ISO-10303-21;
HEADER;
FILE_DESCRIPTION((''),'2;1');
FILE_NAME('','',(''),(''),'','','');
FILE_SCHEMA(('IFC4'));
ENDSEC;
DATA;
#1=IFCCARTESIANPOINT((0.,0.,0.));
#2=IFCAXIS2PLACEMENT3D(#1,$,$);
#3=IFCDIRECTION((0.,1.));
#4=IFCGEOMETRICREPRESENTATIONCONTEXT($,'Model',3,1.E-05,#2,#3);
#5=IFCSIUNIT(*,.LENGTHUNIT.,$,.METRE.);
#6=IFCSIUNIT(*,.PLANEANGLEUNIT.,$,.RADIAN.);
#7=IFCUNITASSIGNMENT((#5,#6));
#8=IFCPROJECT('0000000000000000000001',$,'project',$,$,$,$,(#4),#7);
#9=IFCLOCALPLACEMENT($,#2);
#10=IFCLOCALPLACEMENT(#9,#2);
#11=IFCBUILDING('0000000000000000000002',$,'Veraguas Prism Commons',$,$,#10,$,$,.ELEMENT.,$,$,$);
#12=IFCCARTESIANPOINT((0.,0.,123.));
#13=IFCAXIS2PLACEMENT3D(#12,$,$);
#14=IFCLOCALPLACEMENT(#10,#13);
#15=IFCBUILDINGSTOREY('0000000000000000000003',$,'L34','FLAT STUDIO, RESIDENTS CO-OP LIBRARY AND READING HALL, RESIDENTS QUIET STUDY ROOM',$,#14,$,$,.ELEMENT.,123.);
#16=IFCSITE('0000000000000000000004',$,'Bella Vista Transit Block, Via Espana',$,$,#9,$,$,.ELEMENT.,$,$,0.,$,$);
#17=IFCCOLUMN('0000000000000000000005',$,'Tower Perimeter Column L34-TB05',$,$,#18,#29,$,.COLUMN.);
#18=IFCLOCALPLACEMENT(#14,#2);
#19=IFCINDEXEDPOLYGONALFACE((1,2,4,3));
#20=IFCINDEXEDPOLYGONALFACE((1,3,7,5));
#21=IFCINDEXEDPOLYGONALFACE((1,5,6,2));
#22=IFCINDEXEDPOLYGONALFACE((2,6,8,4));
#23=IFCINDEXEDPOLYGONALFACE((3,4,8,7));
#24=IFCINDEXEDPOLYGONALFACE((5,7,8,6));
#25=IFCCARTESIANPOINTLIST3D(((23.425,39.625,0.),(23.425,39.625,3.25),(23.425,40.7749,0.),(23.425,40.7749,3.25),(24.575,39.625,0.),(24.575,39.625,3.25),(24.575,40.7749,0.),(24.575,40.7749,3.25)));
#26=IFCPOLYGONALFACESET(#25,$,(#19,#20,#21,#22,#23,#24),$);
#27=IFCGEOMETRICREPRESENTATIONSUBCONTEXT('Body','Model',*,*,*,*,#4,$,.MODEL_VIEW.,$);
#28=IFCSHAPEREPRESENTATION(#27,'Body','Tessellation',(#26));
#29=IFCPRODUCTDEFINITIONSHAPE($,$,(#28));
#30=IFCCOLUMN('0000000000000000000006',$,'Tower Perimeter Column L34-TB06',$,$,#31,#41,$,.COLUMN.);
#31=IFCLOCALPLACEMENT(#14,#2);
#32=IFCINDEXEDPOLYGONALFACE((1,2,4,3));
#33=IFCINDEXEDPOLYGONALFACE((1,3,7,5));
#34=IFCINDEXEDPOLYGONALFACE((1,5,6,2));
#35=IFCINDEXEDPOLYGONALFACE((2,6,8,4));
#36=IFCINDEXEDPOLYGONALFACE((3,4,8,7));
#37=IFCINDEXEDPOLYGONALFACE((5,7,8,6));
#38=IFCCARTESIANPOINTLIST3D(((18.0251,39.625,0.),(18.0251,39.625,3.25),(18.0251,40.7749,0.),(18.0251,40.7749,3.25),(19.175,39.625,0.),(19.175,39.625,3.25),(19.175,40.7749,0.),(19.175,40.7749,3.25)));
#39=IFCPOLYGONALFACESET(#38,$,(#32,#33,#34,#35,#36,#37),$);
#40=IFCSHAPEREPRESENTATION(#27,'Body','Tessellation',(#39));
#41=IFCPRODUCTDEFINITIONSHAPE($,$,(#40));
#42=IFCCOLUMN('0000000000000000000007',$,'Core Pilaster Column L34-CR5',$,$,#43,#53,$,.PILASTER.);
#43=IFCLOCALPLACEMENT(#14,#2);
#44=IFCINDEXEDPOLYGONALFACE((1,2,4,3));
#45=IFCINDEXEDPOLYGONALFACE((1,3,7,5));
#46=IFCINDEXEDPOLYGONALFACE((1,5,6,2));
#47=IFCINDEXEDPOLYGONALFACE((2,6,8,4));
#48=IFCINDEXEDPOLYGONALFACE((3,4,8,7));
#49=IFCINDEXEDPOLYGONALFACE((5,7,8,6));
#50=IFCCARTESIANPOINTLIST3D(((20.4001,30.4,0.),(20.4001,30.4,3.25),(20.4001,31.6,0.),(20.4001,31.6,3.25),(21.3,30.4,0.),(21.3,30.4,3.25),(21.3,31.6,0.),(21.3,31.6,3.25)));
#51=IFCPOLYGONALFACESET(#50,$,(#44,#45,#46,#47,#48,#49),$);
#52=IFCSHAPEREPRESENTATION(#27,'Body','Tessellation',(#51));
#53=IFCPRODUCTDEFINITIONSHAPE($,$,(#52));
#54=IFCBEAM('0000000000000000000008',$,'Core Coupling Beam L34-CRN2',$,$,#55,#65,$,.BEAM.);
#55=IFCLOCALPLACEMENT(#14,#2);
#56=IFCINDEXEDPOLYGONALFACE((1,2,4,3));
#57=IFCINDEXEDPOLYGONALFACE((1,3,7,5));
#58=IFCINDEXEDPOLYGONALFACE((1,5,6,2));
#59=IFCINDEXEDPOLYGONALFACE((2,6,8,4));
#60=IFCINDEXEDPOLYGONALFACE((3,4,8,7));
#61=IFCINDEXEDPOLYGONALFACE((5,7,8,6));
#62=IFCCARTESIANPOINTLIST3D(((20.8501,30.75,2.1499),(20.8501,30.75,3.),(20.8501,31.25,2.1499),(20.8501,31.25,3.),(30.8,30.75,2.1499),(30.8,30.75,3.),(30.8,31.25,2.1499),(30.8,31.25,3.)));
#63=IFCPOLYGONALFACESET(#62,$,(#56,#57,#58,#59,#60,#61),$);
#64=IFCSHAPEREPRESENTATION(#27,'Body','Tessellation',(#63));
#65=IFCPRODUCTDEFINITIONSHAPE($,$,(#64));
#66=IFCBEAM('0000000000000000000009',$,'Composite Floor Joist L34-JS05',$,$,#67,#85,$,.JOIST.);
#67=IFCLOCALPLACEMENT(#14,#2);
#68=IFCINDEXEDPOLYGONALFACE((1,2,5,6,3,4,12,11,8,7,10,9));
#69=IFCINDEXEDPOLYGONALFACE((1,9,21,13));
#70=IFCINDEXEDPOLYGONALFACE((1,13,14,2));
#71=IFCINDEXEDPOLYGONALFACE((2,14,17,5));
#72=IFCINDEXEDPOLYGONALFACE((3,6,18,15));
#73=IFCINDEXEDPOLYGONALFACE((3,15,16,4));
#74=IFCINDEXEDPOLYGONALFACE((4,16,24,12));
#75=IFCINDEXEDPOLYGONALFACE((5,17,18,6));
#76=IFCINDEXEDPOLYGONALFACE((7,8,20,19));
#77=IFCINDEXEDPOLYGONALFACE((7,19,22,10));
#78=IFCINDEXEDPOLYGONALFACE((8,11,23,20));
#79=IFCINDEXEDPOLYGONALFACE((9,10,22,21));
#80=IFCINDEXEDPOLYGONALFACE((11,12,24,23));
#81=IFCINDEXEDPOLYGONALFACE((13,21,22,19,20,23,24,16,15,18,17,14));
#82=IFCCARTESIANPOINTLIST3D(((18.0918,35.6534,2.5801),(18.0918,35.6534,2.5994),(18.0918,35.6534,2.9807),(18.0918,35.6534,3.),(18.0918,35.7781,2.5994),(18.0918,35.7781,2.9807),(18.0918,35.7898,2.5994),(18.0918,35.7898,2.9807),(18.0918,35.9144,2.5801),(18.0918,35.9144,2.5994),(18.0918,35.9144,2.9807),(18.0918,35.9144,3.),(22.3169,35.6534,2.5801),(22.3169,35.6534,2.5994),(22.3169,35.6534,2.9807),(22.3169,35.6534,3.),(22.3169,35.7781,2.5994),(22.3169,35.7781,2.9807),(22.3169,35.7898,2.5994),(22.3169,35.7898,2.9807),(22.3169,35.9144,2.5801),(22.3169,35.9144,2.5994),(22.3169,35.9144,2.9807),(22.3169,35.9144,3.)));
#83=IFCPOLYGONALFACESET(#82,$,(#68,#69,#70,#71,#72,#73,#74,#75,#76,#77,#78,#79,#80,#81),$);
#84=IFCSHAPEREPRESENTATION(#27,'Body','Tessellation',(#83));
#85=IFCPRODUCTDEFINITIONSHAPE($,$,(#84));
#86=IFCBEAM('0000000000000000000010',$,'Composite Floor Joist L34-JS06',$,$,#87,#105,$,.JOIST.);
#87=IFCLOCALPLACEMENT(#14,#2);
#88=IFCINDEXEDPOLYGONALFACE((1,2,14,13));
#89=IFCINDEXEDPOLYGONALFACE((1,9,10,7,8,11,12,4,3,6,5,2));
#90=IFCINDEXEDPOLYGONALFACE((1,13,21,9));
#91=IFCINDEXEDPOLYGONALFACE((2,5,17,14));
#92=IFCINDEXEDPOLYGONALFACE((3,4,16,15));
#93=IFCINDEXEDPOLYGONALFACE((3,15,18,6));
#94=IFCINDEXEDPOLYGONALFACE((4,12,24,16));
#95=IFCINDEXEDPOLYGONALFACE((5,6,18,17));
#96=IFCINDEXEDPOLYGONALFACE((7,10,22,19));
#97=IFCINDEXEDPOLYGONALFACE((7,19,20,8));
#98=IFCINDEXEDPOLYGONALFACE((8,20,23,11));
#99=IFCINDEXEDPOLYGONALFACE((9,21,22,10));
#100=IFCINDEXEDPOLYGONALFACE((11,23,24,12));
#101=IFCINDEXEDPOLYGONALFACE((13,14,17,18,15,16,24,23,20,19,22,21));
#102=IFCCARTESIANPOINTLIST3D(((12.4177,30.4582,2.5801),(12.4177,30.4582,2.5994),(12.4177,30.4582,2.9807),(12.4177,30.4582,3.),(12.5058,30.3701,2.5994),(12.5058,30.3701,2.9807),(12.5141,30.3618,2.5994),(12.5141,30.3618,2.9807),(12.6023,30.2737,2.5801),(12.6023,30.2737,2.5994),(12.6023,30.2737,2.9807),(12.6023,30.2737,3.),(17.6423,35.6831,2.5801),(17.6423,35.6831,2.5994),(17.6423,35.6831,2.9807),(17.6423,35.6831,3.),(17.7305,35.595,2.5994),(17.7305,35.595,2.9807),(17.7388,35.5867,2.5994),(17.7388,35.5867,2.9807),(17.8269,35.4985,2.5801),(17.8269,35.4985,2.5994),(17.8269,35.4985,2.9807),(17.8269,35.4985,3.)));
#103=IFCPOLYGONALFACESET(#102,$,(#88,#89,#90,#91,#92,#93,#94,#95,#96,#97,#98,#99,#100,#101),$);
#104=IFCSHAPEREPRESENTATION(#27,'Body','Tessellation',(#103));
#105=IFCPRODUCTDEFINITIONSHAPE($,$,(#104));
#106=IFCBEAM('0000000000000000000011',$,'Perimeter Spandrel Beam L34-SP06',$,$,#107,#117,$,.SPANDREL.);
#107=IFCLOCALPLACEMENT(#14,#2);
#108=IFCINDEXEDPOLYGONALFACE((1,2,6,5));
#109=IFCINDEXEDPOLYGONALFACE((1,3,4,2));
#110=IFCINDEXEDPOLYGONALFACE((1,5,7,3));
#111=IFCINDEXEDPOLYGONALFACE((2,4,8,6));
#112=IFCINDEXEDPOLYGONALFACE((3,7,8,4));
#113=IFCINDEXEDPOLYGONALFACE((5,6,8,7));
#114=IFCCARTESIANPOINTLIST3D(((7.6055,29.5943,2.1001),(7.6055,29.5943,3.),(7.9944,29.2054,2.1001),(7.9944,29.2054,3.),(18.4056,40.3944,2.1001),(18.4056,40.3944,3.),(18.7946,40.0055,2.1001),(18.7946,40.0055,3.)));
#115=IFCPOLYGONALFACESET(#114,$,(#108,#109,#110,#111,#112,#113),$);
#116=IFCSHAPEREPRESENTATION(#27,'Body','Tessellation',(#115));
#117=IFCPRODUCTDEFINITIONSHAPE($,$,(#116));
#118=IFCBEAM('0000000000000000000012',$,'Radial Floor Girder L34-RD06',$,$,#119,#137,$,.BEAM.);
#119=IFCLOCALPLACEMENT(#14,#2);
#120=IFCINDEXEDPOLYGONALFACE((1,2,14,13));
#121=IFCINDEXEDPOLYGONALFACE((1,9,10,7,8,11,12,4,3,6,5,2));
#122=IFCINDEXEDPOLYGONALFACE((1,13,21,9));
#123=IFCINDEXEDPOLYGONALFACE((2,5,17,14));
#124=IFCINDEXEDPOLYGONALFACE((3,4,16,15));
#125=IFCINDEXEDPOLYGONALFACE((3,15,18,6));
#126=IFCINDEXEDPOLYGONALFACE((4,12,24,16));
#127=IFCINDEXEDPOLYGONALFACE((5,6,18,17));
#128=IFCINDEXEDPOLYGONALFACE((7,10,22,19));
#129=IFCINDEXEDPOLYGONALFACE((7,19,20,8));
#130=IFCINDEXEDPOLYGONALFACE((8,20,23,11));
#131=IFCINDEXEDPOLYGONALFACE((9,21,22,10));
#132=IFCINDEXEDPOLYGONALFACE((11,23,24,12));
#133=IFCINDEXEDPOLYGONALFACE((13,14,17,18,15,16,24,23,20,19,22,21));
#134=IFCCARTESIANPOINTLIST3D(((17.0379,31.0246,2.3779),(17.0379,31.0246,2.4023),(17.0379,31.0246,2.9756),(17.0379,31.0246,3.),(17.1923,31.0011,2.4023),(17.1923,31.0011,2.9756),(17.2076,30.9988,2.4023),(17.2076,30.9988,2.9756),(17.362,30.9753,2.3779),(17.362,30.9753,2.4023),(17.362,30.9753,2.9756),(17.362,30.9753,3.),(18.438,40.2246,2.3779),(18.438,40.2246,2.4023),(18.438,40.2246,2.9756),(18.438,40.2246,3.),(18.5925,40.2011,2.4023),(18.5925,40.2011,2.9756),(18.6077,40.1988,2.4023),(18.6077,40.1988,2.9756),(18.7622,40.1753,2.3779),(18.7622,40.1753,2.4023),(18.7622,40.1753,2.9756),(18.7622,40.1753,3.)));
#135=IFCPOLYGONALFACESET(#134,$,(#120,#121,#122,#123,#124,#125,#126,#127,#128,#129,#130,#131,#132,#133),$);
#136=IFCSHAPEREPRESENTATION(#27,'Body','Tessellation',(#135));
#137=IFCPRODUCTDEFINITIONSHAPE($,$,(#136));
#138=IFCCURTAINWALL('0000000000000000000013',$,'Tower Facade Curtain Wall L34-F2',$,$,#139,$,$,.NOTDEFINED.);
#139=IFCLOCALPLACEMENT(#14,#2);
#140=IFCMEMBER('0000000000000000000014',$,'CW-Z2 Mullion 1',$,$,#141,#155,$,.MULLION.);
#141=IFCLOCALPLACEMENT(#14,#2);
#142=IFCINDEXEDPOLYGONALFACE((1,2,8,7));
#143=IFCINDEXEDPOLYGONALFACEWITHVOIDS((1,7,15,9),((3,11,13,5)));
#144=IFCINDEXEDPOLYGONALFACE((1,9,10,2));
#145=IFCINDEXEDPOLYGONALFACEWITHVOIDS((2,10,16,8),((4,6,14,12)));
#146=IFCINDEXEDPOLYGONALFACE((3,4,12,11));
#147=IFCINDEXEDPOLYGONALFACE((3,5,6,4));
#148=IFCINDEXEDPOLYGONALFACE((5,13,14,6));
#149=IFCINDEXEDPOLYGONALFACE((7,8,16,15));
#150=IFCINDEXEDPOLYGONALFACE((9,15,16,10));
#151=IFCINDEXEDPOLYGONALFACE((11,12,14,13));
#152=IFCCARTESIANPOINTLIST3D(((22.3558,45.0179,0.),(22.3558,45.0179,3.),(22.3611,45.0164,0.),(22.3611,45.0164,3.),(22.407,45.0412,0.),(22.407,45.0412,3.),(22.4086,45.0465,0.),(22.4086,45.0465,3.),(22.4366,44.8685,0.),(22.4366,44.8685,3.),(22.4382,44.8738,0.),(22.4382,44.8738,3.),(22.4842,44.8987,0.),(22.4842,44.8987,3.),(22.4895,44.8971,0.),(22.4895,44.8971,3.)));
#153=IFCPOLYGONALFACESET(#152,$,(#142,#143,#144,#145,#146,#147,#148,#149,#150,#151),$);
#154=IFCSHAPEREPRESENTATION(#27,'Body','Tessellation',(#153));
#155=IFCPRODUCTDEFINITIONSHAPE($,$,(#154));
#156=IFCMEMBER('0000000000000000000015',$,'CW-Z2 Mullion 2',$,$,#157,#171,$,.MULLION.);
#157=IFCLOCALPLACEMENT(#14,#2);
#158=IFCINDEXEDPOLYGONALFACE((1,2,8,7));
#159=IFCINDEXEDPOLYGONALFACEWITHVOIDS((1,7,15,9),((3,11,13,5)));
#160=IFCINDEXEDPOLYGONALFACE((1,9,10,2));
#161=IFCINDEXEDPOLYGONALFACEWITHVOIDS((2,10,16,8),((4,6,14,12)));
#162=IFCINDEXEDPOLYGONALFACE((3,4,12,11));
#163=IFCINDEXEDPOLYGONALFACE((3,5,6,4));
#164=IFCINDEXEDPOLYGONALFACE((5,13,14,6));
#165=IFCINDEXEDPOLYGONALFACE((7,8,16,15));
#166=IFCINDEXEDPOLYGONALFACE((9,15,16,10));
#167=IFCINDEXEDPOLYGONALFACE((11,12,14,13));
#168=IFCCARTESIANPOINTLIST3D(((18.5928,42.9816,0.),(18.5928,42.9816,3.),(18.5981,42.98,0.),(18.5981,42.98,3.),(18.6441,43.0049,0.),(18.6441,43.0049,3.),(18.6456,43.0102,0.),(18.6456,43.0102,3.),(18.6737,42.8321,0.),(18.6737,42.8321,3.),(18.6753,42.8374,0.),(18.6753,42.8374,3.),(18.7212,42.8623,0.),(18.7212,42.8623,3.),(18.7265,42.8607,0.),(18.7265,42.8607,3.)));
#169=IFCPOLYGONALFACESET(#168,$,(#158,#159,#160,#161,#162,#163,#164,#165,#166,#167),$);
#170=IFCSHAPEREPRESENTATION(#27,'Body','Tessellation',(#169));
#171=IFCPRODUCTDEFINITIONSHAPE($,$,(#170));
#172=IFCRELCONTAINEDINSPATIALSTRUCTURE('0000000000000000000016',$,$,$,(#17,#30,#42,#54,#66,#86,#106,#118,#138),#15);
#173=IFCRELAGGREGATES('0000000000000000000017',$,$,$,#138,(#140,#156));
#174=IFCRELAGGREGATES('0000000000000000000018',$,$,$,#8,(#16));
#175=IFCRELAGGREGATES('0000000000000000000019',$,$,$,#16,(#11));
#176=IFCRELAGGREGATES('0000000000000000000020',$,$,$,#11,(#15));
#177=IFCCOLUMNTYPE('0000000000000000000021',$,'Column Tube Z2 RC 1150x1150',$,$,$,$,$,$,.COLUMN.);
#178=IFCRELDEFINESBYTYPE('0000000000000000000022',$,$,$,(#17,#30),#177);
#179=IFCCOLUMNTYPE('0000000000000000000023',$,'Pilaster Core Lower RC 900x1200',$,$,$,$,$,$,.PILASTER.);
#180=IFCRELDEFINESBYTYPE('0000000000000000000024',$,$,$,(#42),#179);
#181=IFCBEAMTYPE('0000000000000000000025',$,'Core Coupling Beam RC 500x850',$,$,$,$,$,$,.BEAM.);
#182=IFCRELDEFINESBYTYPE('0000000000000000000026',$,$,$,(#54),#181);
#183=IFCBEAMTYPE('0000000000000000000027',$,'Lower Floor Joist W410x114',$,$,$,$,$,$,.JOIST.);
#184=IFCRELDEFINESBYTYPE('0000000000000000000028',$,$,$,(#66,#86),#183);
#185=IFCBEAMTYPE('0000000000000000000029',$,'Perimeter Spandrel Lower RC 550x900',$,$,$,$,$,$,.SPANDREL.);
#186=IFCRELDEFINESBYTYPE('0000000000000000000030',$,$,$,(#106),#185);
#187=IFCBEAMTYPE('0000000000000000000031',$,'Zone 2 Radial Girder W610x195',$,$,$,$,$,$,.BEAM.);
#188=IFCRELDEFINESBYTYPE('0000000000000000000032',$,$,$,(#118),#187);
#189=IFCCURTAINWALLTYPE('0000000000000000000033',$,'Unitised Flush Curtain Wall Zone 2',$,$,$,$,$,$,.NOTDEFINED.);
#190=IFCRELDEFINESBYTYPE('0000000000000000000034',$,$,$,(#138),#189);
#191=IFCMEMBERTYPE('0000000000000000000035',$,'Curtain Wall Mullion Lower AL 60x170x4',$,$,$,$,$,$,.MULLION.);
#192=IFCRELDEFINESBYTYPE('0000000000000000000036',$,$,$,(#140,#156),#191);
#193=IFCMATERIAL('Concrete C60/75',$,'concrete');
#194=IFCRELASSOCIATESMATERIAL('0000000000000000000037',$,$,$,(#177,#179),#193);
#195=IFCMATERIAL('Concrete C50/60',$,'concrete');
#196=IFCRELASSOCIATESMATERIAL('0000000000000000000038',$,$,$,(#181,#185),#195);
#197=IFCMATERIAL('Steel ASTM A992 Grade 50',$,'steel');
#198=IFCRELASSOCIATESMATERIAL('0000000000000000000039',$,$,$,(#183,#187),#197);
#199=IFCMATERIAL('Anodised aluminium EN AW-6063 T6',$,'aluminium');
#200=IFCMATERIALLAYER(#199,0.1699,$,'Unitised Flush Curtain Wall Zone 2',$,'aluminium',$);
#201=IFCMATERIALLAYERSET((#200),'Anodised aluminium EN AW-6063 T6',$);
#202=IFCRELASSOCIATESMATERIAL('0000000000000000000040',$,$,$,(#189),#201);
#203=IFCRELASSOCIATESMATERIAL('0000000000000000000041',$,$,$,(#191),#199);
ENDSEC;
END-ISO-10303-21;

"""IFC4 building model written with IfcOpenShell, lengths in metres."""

from ifc_helpers import new_model, si_unit, direction, frame, origin, origin_2d, place, context, subcontext, project, spatial, rectangle, hollow_rectangle, i_section, extrude, source, transform, mapped, material, layer, layer_set, material_profile, profile_set, type_object, element, aggregate, save


model = new_model("IFC4")

# Units and contexts
model_context = context("Model", 3, precision=1e-05, world=origin(), true_north=direction((0.0, 1.0)))
body_context = subcontext(model_context, "Body", "Model", "MODEL_VIEW")
ifc_project = project(units=[si_unit("LENGTHUNIT", "METRE"), si_unit("PLANEANGLEUNIT", "RADIAN")], contexts=[model_context])

# Site, building, storey
site_placement = place(None, origin())
site = spatial("IfcSite", under=ifc_project, at=site_placement, Name="Bella Vista Transit Block, Via Espana", CompositionType="ELEMENT", RefElevation=0.0)
building_placement = place(site_placement, origin())
building = spatial("IfcBuilding", under=site, at=building_placement, Name="Veraguas Prism Commons", CompositionType="ELEMENT")
storey_placement = place(building_placement, frame((0.0, 0.0, 123.0)))
storey = spatial("IfcBuildingStorey", under=building, at=storey_placement, Name="L34", Description="FLAT STUDIO, RESIDENTS CO-OP LIBRARY AND READING HALL, RESIDENTS QUIET STUDY ROOM", CompositionType="ELEMENT", Elevation=123.0)

# Columns
ifc_material_1 = material(Name="Concrete C60/75", Category="concrete")
ifc_material_profile_1 = material_profile(ifc_material_1, rectangle(XDim=1.1499, YDim=1.1499, at=origin_2d()), Name="RC1150X1150")
ifc_profile_set_1 = profile_set([ifc_material_profile_1], Name="Concrete C60/75")
column_type_1 = type_object("IfcColumnType", Name="Column Tube Z2 RC 1150x1150", PredefinedType="COLUMN", material=ifc_profile_set_1)
for number, where, z_axis, x_axis, name in (
    (1, (24.0, 40.2, 0.0), (0.0, 0.0, 1.0), (1.0, 0.0, 0.0), "Tower Perimeter Column L34-TB05"),
    (2, (18.6001, 40.2, 0.0), (0.0, 0.0, 1.0), (1.0, 0.0, 0.0), "Tower Perimeter Column L34-TB06"),
):
    element("IfcColumn", number, at=place(storey_placement, frame(where, z_axis=z_axis, x_axis=x_axis)), inside=storey, type_object=column_type_1, Name=name, PredefinedType="COLUMN", context=body_context, shape_type="SweptSolid", body=[
        extrude(rectangle(XDim=1.1499, YDim=1.1499, at=origin_2d()), origin(), (0.0, 0.0, 1.0), 3.25),
    ])
ifc_material_profile_2 = material_profile(ifc_material_1, rectangle(XDim=0.8999, YDim=1.2, at=origin_2d()), Name="RC900X1200")
ifc_profile_set_2 = profile_set([ifc_material_profile_2], Name="Concrete C60/75")
column_type_2 = type_object("IfcColumnType", Name="Pilaster Core Lower RC 900x1200", PredefinedType="PILASTER", material=ifc_profile_set_2)
column_placement = place(storey_placement, frame((20.8501, 31.0, 0.0), z_axis=(0.0, 0.0, 1.0), x_axis=(1.0, 0.0, 0.0)))
element("IfcColumn", 3, at=column_placement, inside=storey, type_object=column_type_2, Name="Core Pilaster Column L34-CR5", PredefinedType="PILASTER", context=body_context, shape_type="SweptSolid", body=[
    extrude(rectangle(XDim=0.8999, YDim=1.2, at=origin_2d()), origin(), (0.0, 0.0, 1.0), 3.25),
])

# Beams
ifc_material_2 = material(Name="Concrete C50/60", Category="concrete")
ifc_material_profile_3 = material_profile(ifc_material_2, rectangle(XDim=0.5, YDim=0.8501, at=origin_2d()), Name="RC500X850")
ifc_profile_set_3 = profile_set([ifc_material_profile_3], Name="Concrete C50/60")
beam_type_1 = type_object("IfcBeamType", Name="Core Coupling Beam RC 500x850", PredefinedType="BEAM", material=ifc_profile_set_3)
beam_1_placement = place(storey_placement, frame((20.8501, 31.0, 2.575), z_axis=(1.0, 0.0, 0.0), x_axis=(0.0, 1.0, 0.0)))
element("IfcBeam", 4, at=beam_1_placement, inside=storey, type_object=beam_type_1, Name="Core Coupling Beam L34-CRN2", PredefinedType="BEAM", context=body_context, shape_type="SweptSolid", body=[
    extrude(rectangle(XDim=0.5, YDim=0.8501, at=origin_2d()), origin(), (0.0, 0.0, 1.0), 9.95),
])
ifc_material_3 = material(Name="Steel ASTM A992 Grade 50", Category="steel")
ifc_material_profile_4 = material_profile(ifc_material_3, i_section(OverallWidth=0.261, OverallDepth=0.4199, WebThickness=0.0117, FlangeThickness=0.0193, at=origin_2d()), Name="W410X114")
ifc_profile_set_4 = profile_set([ifc_material_profile_4], Name="Steel ASTM A992 Grade 50")
beam_type_2 = type_object("IfcBeamType", Name="Lower Floor Joist W410x114", PredefinedType="JOIST", material=ifc_profile_set_4)
beam_2_placement = place(storey_placement, frame((22.3169, 35.7839, 2.79), z_axis=(-1.0, 0.0, 0.0), x_axis=(0.0, -1.0, 0.0)))
element("IfcBeam", 5, at=beam_2_placement, inside=storey, type_object=beam_type_2, Name="Composite Floor Joist L34-JS05", PredefinedType="JOIST", context=body_context, shape_type="SweptSolid", body=[
    extrude(i_section(OverallWidth=0.261, OverallDepth=0.4199, WebThickness=0.0117, FlangeThickness=0.0193, at=origin_2d()), origin(), (0.0, 0.0, 1.0), 4.2251),
])
beam_3_placement = place(storey_placement, frame((17.7346, 35.5908, 2.79), z_axis=(-0.70709, -0.707123, 0.0), x_axis=(0.707123, -0.70709, 0.0)))
element("IfcBeam", 6, at=beam_3_placement, inside=storey, type_object=beam_type_2, Name="Composite Floor Joist L34-JS06", PredefinedType="JOIST", context=body_context, shape_type="SweptSolid", body=[
    extrude(i_section(OverallWidth=0.261, OverallDepth=0.4199, WebThickness=0.0117, FlangeThickness=0.0193, at=origin_2d()), origin(), (0.0, 0.0, 1.0), 7.3889),
])
ifc_material_profile_5 = material_profile(ifc_material_2, rectangle(XDim=0.55, YDim=0.8999, at=origin_2d()), Name="RC550X900")
ifc_profile_set_5 = profile_set([ifc_material_profile_5], Name="Concrete C50/60")
beam_type_3 = type_object("IfcBeamType", Name="Perimeter Spandrel Lower RC 550x900", PredefinedType="SPANDREL", material=ifc_profile_set_5)
beam_4_placement = place(storey_placement, frame((18.6001, 40.2, 2.55), z_axis=(-0.707107, -0.707107, 0.0), x_axis=(0.707107, -0.707107, 0.0)))
element("IfcBeam", 7, at=beam_4_placement, inside=storey, type_object=beam_type_3, Name="Perimeter Spandrel Beam L34-SP06", PredefinedType="SPANDREL", context=body_context, shape_type="SweptSolid", body=[
    extrude(rectangle(XDim=0.55, YDim=0.8999, at=origin_2d()), origin(), (0.0, 0.0, 1.0), 15.2737),
])
ifc_material_profile_6 = material_profile(ifc_material_3, i_section(OverallWidth=0.3279, OverallDepth=0.6221, WebThickness=0.0154, FlangeThickness=0.0244, at=origin_2d()), Name="W610X195")
ifc_profile_set_6 = profile_set([ifc_material_profile_6], Name="Steel ASTM A992 Grade 50")
beam_type_4 = type_object("IfcBeamType", Name="Zone 2 Radial Girder W610x195", PredefinedType="BEAM", material=ifc_profile_set_6)
beam_5_placement = place(storey_placement, frame((18.6001, 40.2, 2.689), z_axis=(-0.150458, -0.988616, 0.0), x_axis=(0.988616, -0.150458, 0.0)))
element("IfcBeam", 8, at=beam_5_placement, inside=storey, type_object=beam_type_4, Name="Radial Floor Girder L34-RD06", PredefinedType="BEAM", context=body_context, shape_type="SweptSolid", body=[
    extrude(i_section(OverallWidth=0.3279, OverallDepth=0.6221, WebThickness=0.0154, FlangeThickness=0.0244, at=origin_2d()), origin(), (0.0, 0.0, 1.0), 9.3059),
])

# Curtain wall, members
ifc_material_4 = material(Name="Anodised aluminium EN AW-6063 T6", Category="aluminium")
ifc_layer_1 = layer(ifc_material_4, 0.1699, Name="Unitised Flush Curtain Wall Zone 2", Category="aluminium")
ifc_layer_set_1 = layer_set([ifc_layer_1], Name="Anodised aluminium EN AW-6063 T6")
curtain_wall_type = type_object("IfcCurtainWallType", Name="Unitised Flush Curtain Wall Zone 2", PredefinedType="NOTDEFINED", material=ifc_layer_set_1)
curtain_wall_1_placement = place(storey_placement, origin())
curtain_wall_1 = element("IfcCurtainWall", 9, at=curtain_wall_1_placement, inside=storey, type_object=curtain_wall_type, Name="Tower Facade Curtain Wall L34-F2", PredefinedType="NOTDEFINED")
ifc_material_profile_7 = material_profile(ifc_material_4, hollow_rectangle(XDim=0.0601, YDim=0.1699, WallThickness=0.0039, at=origin_2d()), Name="AL60X170X4")
ifc_profile_set_7 = profile_set([ifc_material_profile_7], Name="Anodised aluminium EN AW-6063 T6")
member_type_1 = type_object("IfcMemberType", Name="Curtain Wall Mullion Lower AL 60x170x4", PredefinedType="MULLION", material=ifc_profile_set_7)
shared_shape_1 = source(origin(), body_context, "Body", "SweptSolid", [
    extrude(hollow_rectangle(XDim=0.0601, YDim=0.1699, WallThickness=0.0039, at=origin_2d()), origin(), (0.0, 0.0, 1.0), 3.0),
])
member_1_placement = place(storey_placement, frame((22.4226, 44.9575, 0.0), z_axis=(0.0, 0.0, 1.0), x_axis=(-0.879484, -0.475928, 0.0)))
member_1 = element("IfcMember", 10, at=member_1_placement, type_object=member_type_1, Name="CW-Z2 Mullion 1", PredefinedType="MULLION", context=body_context, shape_type="MappedRepresentation", body=[
    mapped(shared_shape_1, transform((0.0, 0.0, 0.0), scale=1.0)),
])
member_2_placement = place(storey_placement, frame((18.6597, 42.9211, 0.0), z_axis=(0.0, 0.0, 1.0), x_axis=(-0.879484, -0.475928, 0.0)))
member_2 = element("IfcMember", 11, at=member_2_placement, type_object=member_type_1, Name="CW-Z2 Mullion 2", PredefinedType="MULLION", context=body_context, shape_type="MappedRepresentation", body=[
    mapped(shared_shape_1, transform((0.0, 0.0, 0.0), scale=1.0)),
])

aggregate(curtain_wall_1, [member_1, member_2])

save(model, "model.ifc")
